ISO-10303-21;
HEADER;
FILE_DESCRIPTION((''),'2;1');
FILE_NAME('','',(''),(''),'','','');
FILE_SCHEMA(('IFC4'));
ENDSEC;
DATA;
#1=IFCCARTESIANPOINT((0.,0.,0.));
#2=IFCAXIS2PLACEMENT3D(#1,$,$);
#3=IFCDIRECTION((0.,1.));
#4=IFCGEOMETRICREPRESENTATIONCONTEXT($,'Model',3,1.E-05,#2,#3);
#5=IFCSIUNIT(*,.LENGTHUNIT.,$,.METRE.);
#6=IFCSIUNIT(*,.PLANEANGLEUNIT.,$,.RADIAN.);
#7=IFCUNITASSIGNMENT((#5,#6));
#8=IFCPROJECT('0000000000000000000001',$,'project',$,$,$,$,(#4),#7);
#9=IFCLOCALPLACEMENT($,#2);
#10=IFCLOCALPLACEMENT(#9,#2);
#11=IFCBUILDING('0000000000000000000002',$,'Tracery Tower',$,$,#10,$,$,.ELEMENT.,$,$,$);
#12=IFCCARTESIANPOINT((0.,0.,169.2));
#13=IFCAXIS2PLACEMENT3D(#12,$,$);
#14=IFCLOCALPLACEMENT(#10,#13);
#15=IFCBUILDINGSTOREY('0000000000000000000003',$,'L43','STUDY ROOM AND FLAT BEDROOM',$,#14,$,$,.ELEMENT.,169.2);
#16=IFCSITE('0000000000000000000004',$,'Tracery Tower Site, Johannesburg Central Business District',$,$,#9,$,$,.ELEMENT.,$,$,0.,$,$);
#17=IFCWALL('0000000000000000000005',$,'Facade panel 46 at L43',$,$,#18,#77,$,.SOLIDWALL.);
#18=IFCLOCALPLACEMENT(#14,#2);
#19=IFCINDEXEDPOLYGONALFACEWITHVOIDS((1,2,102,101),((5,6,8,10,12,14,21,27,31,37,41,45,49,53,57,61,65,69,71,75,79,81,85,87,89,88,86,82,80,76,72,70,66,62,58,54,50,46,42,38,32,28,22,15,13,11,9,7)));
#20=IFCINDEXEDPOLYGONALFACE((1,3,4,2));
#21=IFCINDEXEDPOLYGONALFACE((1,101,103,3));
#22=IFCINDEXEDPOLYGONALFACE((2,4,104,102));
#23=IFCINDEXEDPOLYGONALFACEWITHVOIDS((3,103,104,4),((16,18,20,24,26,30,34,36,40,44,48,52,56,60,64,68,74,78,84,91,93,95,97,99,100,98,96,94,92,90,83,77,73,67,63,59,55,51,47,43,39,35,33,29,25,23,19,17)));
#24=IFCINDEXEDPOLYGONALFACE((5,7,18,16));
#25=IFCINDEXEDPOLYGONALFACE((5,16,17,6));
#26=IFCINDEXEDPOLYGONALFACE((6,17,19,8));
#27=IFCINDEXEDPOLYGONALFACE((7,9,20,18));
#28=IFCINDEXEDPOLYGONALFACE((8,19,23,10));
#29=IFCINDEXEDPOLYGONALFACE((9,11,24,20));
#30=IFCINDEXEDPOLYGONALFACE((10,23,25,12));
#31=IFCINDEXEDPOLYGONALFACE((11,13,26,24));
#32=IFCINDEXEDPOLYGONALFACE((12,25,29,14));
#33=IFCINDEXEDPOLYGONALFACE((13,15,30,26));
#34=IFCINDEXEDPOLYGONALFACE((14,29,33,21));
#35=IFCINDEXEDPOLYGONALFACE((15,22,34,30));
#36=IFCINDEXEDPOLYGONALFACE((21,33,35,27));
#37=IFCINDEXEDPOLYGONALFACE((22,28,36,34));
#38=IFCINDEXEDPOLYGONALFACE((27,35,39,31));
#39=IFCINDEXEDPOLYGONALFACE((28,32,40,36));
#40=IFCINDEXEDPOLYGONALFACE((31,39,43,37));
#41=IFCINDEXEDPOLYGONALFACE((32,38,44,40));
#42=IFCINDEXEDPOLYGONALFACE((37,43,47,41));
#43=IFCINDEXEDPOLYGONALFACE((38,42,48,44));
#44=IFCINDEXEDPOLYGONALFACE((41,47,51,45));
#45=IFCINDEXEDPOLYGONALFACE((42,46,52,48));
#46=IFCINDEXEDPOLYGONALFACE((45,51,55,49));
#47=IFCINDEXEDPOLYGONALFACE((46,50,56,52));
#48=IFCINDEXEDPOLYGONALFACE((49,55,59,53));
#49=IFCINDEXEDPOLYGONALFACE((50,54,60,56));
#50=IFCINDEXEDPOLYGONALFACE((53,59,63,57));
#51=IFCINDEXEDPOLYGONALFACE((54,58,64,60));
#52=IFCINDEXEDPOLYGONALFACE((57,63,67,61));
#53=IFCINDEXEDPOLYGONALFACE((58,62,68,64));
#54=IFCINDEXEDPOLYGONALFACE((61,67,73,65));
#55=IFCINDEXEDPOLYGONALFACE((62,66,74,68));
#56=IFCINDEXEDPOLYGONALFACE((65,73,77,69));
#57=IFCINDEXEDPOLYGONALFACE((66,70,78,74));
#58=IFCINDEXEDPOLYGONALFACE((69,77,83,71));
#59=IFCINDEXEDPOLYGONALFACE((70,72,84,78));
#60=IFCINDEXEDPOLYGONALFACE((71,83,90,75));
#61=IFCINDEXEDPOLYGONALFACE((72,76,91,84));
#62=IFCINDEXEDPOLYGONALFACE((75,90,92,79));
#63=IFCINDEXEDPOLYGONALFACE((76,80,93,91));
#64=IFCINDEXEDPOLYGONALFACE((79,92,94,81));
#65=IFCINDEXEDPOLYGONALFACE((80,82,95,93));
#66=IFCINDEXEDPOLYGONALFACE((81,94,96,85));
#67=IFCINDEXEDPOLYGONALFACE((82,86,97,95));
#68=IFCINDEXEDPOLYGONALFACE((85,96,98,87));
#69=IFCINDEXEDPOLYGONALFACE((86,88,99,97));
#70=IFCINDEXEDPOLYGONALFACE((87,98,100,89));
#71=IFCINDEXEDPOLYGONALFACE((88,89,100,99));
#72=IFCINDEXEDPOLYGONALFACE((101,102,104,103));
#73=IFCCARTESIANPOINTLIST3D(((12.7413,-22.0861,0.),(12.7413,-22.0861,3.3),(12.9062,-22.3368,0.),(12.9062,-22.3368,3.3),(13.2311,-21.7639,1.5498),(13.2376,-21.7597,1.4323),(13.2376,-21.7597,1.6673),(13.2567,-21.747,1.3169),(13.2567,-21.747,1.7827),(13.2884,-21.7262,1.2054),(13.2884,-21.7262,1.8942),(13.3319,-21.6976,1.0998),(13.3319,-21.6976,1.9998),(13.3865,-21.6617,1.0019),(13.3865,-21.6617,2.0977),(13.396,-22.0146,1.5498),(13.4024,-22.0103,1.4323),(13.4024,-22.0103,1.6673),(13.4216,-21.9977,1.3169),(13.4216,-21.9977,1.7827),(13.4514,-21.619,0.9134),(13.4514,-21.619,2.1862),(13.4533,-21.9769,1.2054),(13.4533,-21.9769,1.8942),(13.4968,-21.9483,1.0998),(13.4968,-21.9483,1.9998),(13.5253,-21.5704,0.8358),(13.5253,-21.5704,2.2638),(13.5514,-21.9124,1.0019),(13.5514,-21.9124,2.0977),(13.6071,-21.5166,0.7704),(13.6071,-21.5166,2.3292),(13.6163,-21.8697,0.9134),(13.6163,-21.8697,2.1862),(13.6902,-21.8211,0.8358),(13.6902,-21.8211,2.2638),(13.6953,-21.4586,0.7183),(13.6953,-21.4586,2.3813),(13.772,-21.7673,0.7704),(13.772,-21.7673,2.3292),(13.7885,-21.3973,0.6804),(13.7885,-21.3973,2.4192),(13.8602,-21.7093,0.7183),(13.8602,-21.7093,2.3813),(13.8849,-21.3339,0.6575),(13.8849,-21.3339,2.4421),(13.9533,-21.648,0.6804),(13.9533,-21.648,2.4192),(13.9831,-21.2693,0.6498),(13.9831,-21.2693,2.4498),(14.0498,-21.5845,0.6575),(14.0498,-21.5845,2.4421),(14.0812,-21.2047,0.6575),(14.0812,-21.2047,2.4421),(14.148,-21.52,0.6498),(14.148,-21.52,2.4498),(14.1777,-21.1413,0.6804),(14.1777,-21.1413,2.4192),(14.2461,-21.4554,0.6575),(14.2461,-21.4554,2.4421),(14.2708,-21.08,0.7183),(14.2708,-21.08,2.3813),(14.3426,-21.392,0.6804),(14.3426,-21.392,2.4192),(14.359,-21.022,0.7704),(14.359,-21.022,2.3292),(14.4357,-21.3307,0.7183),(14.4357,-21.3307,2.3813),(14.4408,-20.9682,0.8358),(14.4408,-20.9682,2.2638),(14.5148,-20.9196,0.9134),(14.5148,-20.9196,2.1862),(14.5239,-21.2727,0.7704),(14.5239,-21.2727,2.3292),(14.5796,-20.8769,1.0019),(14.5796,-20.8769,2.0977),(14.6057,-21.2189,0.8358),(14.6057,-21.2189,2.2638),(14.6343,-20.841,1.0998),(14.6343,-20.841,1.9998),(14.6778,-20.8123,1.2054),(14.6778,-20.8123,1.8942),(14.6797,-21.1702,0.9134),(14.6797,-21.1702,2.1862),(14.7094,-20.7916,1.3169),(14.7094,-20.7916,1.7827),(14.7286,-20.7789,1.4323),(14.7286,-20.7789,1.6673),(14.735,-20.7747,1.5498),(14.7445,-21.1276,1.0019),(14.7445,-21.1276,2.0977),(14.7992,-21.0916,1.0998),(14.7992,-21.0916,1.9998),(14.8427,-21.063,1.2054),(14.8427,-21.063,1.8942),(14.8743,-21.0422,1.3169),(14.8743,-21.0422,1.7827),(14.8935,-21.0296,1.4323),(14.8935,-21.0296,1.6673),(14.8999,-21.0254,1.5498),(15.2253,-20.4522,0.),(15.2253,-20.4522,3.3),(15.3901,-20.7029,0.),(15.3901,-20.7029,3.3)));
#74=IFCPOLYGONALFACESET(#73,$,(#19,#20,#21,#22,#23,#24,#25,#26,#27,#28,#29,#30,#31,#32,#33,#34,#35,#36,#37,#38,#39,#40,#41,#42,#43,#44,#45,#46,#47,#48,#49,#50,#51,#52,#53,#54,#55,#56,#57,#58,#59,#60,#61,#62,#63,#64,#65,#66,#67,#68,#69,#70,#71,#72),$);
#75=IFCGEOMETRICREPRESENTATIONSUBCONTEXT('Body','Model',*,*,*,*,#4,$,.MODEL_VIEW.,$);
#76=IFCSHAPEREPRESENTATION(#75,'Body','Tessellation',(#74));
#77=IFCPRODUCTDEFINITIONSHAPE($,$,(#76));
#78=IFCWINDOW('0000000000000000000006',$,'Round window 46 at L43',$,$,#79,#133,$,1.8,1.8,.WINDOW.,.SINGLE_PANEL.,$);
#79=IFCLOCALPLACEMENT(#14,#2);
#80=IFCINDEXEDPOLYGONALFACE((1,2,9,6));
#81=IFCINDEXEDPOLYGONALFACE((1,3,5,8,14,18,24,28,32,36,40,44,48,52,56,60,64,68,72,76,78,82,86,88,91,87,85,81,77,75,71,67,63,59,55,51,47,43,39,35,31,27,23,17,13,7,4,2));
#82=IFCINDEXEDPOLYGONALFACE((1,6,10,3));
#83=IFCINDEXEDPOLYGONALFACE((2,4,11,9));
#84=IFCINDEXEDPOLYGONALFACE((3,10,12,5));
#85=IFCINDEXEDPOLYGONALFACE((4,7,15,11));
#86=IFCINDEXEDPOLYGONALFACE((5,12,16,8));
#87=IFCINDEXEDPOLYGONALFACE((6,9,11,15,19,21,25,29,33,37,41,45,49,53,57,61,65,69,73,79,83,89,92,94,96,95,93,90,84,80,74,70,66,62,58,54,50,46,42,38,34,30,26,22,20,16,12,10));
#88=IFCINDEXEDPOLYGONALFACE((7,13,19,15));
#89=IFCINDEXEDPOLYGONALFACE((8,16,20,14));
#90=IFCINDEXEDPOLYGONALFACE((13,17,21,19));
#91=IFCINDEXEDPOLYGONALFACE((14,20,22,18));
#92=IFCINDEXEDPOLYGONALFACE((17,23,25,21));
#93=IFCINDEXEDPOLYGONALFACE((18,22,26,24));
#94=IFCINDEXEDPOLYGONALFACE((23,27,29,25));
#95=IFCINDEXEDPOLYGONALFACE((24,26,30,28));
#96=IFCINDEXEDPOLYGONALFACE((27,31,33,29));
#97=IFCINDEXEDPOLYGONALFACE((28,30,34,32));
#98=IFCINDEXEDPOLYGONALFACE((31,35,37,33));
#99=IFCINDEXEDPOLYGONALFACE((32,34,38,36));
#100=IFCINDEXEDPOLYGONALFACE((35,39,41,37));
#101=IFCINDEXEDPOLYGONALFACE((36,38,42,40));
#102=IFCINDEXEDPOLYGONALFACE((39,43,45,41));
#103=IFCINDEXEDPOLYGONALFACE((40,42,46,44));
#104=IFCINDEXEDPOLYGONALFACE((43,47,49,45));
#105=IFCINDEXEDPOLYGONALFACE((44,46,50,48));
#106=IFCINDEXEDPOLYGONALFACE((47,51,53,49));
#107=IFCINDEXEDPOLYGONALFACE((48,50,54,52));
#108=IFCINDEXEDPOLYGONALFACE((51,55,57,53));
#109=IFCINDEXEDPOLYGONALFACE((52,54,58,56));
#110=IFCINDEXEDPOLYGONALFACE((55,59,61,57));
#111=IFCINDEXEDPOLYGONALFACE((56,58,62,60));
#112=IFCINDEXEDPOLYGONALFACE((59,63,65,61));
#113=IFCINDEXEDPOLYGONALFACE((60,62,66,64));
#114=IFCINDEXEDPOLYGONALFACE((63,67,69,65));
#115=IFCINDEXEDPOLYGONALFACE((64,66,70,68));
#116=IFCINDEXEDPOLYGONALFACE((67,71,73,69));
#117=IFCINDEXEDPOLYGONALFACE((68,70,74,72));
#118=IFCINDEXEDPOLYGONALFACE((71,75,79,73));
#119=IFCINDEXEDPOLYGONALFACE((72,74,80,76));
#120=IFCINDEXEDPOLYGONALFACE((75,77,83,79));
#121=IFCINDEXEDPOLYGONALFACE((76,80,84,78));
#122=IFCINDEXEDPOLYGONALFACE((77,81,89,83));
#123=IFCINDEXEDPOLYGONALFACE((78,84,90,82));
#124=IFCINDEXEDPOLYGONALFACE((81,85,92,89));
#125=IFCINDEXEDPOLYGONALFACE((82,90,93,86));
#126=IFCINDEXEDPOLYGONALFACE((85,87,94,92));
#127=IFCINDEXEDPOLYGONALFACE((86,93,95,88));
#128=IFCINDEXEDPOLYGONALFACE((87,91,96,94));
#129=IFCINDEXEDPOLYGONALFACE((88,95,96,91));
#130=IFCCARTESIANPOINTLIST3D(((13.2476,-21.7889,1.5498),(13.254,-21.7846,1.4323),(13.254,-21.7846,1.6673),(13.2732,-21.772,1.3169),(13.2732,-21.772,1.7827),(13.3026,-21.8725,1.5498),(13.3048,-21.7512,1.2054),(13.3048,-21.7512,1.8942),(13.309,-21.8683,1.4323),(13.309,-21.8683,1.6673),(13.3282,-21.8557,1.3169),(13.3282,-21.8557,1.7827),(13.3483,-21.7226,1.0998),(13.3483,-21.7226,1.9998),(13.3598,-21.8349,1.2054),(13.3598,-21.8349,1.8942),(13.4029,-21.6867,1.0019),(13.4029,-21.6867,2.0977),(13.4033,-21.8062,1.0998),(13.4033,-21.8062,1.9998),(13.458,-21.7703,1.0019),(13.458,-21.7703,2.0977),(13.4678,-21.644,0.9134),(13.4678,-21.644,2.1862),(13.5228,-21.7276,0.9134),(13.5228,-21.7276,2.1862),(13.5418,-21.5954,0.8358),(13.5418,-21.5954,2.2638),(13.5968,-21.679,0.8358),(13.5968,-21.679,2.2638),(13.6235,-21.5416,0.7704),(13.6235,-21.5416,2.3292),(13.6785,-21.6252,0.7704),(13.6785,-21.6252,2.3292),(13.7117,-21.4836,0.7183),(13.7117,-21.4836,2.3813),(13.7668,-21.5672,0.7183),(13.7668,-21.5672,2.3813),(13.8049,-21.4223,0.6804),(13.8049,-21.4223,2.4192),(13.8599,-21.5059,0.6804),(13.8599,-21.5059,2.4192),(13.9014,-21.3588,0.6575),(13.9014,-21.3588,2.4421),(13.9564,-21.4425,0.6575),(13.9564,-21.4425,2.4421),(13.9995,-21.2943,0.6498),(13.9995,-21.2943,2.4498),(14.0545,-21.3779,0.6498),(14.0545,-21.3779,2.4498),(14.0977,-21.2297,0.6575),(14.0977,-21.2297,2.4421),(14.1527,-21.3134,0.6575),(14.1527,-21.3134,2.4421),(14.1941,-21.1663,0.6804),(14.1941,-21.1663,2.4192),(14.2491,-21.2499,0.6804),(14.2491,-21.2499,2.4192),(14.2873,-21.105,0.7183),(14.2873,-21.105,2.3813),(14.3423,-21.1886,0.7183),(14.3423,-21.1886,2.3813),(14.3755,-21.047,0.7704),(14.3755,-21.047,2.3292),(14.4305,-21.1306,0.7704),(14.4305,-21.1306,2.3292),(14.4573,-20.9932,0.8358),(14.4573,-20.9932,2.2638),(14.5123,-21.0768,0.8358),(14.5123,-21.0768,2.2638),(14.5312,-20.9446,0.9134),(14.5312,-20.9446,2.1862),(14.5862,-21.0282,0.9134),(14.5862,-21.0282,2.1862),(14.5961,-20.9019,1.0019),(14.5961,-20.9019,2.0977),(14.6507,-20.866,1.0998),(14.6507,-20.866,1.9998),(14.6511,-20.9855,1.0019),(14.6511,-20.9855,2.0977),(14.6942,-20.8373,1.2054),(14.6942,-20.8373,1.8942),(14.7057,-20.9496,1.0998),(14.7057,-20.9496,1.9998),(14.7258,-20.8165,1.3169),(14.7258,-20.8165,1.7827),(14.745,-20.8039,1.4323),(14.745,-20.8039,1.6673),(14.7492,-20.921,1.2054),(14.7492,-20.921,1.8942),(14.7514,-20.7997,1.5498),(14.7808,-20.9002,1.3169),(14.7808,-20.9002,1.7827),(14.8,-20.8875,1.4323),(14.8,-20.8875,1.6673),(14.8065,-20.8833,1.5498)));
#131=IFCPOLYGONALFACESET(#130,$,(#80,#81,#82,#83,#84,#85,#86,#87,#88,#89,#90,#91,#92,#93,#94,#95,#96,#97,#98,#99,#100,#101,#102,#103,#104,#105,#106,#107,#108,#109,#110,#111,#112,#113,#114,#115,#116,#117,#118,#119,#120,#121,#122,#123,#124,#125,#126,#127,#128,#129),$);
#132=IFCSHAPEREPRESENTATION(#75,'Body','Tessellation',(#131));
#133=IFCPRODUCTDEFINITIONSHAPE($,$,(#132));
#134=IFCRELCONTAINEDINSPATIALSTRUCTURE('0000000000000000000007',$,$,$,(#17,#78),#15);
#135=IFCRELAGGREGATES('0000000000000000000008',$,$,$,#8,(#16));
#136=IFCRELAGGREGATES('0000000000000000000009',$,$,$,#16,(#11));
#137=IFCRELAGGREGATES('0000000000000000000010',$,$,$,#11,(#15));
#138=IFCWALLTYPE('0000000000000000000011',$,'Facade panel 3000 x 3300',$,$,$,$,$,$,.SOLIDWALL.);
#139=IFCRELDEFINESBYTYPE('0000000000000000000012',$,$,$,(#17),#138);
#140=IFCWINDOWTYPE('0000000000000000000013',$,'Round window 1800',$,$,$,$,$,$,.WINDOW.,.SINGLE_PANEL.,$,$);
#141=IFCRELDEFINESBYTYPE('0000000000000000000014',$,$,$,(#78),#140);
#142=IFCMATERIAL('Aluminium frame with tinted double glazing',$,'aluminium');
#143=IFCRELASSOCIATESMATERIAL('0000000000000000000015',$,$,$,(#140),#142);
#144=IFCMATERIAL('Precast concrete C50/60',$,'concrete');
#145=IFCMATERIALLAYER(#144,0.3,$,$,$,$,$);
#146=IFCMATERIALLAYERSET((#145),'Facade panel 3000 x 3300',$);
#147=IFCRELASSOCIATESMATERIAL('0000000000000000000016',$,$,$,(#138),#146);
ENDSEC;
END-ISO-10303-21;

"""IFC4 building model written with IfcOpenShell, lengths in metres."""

from ifc_helpers import new_model, si_unit, direction, frame, frame_2d, origin, origin_2d, place, context, subcontext, project, spatial, rectangle, circle, extrude, material, layer, layer_set, type_object, element, fill, save


model = new_model("IFC4")

# Units and contexts
model_context = context("Model", 3, precision=1e-05, world=origin(), true_north=direction((0.0, 1.0)))
body_context = subcontext(model_context, "Body", "Model", "MODEL_VIEW")
ifc_project = project(units=[si_unit("LENGTHUNIT", "METRE"), si_unit("PLANEANGLEUNIT", "RADIAN")], contexts=[model_context])

# Site, building, storey
site_placement = place(None, origin())
site = spatial("IfcSite", under=ifc_project, at=site_placement, Name="Tracery Tower Site, Johannesburg Central Business District", CompositionType="ELEMENT", RefElevation=0.0)
building_placement = place(site_placement, origin())
building = spatial("IfcBuilding", under=site, at=building_placement, Name="Tracery Tower", CompositionType="ELEMENT")
storey_placement = place(building_placement, frame((0.0, 0.0, 169.2)))
storey = spatial("IfcBuildingStorey", under=building, at=storey_placement, Name="L43", Description="STUDY ROOM AND FLAT BEDROOM", CompositionType="ELEMENT", Elevation=169.2)

# Wall, opening, window
ifc_material_1 = material(Name="Aluminium frame with tinted double glazing", Category="aluminium")
window_type = type_object("IfcWindowType", Name="Round window 1800", PartitioningType="SINGLE_PANEL", PredefinedType="WINDOW", material=ifc_material_1)
ifc_material_2 = material(Name="Precast concrete C50/60", Category="concrete")
ifc_layer_1 = layer(ifc_material_2, 0.3)
ifc_layer_set_1 = layer_set([ifc_layer_1], Name="Facade panel 3000 x 3300")
wall_type_1 = type_object("IfcWallType", Name="Facade panel 3000 x 3300", PredefinedType="SOLIDWALL", material=ifc_layer_set_1)
wall_1_placement = place(storey_placement, frame((12.8237, -22.2114, 0.0), z_axis=(0.0, 0.0, 1.0), x_axis=(0.835471, 0.549535, 0.0)))
wall_1 = element("IfcWall", 1, at=wall_1_placement, inside=storey, type_object=wall_type_1, Name="Facade panel 46 at L43", PredefinedType="SOLIDWALL", context=body_context, shape_type="SweptSolid", body=[
    extrude(rectangle(XDim=2.9731, YDim=0.3, at=frame_2d((1.4866, 0.0))), origin(), (0.0, 0.0, 1.0), 3.3),
])
opening_1_placement = place(wall_1_placement, frame((1.4863, 0.0, 1.5498)))
opening_1 = element("IfcOpeningElement", 2, at=opening_1_placement, cuts=wall_1, PredefinedType="OPENING", context=body_context, shape_type="SweptSolid", body=[
    extrude(circle(Radius=0.9, at=origin_2d()), frame((0.0, 0.1599, 0.0), z_axis=(0.0, -1.0, 0.0), x_axis=(1.0, 0.0, 0.0)), (0.0, 0.0, 1.0), 0.3201),
])
window_1_placement = place(opening_1_placement, origin())
window_1 = element("IfcWindow", 3, at=window_1_placement, inside=storey, type_object=window_type, Name="Round window 46 at L43", OverallHeight=1.8, OverallWidth=1.8, PartitioningType="SINGLE_PANEL", PredefinedType="WINDOW", context=body_context, shape_type="SweptSolid", body=[
    extrude(circle(Radius=0.9, at=origin_2d()), frame((0.0, 0.1201, 0.0), z_axis=(0.0, -1.0, 0.0), x_axis=(1.0, 0.0, 0.0)), (0.0, 0.0, 1.0), 0.1001),
])
fill(opening_1, window_1)

save(model, "model.ifc")
